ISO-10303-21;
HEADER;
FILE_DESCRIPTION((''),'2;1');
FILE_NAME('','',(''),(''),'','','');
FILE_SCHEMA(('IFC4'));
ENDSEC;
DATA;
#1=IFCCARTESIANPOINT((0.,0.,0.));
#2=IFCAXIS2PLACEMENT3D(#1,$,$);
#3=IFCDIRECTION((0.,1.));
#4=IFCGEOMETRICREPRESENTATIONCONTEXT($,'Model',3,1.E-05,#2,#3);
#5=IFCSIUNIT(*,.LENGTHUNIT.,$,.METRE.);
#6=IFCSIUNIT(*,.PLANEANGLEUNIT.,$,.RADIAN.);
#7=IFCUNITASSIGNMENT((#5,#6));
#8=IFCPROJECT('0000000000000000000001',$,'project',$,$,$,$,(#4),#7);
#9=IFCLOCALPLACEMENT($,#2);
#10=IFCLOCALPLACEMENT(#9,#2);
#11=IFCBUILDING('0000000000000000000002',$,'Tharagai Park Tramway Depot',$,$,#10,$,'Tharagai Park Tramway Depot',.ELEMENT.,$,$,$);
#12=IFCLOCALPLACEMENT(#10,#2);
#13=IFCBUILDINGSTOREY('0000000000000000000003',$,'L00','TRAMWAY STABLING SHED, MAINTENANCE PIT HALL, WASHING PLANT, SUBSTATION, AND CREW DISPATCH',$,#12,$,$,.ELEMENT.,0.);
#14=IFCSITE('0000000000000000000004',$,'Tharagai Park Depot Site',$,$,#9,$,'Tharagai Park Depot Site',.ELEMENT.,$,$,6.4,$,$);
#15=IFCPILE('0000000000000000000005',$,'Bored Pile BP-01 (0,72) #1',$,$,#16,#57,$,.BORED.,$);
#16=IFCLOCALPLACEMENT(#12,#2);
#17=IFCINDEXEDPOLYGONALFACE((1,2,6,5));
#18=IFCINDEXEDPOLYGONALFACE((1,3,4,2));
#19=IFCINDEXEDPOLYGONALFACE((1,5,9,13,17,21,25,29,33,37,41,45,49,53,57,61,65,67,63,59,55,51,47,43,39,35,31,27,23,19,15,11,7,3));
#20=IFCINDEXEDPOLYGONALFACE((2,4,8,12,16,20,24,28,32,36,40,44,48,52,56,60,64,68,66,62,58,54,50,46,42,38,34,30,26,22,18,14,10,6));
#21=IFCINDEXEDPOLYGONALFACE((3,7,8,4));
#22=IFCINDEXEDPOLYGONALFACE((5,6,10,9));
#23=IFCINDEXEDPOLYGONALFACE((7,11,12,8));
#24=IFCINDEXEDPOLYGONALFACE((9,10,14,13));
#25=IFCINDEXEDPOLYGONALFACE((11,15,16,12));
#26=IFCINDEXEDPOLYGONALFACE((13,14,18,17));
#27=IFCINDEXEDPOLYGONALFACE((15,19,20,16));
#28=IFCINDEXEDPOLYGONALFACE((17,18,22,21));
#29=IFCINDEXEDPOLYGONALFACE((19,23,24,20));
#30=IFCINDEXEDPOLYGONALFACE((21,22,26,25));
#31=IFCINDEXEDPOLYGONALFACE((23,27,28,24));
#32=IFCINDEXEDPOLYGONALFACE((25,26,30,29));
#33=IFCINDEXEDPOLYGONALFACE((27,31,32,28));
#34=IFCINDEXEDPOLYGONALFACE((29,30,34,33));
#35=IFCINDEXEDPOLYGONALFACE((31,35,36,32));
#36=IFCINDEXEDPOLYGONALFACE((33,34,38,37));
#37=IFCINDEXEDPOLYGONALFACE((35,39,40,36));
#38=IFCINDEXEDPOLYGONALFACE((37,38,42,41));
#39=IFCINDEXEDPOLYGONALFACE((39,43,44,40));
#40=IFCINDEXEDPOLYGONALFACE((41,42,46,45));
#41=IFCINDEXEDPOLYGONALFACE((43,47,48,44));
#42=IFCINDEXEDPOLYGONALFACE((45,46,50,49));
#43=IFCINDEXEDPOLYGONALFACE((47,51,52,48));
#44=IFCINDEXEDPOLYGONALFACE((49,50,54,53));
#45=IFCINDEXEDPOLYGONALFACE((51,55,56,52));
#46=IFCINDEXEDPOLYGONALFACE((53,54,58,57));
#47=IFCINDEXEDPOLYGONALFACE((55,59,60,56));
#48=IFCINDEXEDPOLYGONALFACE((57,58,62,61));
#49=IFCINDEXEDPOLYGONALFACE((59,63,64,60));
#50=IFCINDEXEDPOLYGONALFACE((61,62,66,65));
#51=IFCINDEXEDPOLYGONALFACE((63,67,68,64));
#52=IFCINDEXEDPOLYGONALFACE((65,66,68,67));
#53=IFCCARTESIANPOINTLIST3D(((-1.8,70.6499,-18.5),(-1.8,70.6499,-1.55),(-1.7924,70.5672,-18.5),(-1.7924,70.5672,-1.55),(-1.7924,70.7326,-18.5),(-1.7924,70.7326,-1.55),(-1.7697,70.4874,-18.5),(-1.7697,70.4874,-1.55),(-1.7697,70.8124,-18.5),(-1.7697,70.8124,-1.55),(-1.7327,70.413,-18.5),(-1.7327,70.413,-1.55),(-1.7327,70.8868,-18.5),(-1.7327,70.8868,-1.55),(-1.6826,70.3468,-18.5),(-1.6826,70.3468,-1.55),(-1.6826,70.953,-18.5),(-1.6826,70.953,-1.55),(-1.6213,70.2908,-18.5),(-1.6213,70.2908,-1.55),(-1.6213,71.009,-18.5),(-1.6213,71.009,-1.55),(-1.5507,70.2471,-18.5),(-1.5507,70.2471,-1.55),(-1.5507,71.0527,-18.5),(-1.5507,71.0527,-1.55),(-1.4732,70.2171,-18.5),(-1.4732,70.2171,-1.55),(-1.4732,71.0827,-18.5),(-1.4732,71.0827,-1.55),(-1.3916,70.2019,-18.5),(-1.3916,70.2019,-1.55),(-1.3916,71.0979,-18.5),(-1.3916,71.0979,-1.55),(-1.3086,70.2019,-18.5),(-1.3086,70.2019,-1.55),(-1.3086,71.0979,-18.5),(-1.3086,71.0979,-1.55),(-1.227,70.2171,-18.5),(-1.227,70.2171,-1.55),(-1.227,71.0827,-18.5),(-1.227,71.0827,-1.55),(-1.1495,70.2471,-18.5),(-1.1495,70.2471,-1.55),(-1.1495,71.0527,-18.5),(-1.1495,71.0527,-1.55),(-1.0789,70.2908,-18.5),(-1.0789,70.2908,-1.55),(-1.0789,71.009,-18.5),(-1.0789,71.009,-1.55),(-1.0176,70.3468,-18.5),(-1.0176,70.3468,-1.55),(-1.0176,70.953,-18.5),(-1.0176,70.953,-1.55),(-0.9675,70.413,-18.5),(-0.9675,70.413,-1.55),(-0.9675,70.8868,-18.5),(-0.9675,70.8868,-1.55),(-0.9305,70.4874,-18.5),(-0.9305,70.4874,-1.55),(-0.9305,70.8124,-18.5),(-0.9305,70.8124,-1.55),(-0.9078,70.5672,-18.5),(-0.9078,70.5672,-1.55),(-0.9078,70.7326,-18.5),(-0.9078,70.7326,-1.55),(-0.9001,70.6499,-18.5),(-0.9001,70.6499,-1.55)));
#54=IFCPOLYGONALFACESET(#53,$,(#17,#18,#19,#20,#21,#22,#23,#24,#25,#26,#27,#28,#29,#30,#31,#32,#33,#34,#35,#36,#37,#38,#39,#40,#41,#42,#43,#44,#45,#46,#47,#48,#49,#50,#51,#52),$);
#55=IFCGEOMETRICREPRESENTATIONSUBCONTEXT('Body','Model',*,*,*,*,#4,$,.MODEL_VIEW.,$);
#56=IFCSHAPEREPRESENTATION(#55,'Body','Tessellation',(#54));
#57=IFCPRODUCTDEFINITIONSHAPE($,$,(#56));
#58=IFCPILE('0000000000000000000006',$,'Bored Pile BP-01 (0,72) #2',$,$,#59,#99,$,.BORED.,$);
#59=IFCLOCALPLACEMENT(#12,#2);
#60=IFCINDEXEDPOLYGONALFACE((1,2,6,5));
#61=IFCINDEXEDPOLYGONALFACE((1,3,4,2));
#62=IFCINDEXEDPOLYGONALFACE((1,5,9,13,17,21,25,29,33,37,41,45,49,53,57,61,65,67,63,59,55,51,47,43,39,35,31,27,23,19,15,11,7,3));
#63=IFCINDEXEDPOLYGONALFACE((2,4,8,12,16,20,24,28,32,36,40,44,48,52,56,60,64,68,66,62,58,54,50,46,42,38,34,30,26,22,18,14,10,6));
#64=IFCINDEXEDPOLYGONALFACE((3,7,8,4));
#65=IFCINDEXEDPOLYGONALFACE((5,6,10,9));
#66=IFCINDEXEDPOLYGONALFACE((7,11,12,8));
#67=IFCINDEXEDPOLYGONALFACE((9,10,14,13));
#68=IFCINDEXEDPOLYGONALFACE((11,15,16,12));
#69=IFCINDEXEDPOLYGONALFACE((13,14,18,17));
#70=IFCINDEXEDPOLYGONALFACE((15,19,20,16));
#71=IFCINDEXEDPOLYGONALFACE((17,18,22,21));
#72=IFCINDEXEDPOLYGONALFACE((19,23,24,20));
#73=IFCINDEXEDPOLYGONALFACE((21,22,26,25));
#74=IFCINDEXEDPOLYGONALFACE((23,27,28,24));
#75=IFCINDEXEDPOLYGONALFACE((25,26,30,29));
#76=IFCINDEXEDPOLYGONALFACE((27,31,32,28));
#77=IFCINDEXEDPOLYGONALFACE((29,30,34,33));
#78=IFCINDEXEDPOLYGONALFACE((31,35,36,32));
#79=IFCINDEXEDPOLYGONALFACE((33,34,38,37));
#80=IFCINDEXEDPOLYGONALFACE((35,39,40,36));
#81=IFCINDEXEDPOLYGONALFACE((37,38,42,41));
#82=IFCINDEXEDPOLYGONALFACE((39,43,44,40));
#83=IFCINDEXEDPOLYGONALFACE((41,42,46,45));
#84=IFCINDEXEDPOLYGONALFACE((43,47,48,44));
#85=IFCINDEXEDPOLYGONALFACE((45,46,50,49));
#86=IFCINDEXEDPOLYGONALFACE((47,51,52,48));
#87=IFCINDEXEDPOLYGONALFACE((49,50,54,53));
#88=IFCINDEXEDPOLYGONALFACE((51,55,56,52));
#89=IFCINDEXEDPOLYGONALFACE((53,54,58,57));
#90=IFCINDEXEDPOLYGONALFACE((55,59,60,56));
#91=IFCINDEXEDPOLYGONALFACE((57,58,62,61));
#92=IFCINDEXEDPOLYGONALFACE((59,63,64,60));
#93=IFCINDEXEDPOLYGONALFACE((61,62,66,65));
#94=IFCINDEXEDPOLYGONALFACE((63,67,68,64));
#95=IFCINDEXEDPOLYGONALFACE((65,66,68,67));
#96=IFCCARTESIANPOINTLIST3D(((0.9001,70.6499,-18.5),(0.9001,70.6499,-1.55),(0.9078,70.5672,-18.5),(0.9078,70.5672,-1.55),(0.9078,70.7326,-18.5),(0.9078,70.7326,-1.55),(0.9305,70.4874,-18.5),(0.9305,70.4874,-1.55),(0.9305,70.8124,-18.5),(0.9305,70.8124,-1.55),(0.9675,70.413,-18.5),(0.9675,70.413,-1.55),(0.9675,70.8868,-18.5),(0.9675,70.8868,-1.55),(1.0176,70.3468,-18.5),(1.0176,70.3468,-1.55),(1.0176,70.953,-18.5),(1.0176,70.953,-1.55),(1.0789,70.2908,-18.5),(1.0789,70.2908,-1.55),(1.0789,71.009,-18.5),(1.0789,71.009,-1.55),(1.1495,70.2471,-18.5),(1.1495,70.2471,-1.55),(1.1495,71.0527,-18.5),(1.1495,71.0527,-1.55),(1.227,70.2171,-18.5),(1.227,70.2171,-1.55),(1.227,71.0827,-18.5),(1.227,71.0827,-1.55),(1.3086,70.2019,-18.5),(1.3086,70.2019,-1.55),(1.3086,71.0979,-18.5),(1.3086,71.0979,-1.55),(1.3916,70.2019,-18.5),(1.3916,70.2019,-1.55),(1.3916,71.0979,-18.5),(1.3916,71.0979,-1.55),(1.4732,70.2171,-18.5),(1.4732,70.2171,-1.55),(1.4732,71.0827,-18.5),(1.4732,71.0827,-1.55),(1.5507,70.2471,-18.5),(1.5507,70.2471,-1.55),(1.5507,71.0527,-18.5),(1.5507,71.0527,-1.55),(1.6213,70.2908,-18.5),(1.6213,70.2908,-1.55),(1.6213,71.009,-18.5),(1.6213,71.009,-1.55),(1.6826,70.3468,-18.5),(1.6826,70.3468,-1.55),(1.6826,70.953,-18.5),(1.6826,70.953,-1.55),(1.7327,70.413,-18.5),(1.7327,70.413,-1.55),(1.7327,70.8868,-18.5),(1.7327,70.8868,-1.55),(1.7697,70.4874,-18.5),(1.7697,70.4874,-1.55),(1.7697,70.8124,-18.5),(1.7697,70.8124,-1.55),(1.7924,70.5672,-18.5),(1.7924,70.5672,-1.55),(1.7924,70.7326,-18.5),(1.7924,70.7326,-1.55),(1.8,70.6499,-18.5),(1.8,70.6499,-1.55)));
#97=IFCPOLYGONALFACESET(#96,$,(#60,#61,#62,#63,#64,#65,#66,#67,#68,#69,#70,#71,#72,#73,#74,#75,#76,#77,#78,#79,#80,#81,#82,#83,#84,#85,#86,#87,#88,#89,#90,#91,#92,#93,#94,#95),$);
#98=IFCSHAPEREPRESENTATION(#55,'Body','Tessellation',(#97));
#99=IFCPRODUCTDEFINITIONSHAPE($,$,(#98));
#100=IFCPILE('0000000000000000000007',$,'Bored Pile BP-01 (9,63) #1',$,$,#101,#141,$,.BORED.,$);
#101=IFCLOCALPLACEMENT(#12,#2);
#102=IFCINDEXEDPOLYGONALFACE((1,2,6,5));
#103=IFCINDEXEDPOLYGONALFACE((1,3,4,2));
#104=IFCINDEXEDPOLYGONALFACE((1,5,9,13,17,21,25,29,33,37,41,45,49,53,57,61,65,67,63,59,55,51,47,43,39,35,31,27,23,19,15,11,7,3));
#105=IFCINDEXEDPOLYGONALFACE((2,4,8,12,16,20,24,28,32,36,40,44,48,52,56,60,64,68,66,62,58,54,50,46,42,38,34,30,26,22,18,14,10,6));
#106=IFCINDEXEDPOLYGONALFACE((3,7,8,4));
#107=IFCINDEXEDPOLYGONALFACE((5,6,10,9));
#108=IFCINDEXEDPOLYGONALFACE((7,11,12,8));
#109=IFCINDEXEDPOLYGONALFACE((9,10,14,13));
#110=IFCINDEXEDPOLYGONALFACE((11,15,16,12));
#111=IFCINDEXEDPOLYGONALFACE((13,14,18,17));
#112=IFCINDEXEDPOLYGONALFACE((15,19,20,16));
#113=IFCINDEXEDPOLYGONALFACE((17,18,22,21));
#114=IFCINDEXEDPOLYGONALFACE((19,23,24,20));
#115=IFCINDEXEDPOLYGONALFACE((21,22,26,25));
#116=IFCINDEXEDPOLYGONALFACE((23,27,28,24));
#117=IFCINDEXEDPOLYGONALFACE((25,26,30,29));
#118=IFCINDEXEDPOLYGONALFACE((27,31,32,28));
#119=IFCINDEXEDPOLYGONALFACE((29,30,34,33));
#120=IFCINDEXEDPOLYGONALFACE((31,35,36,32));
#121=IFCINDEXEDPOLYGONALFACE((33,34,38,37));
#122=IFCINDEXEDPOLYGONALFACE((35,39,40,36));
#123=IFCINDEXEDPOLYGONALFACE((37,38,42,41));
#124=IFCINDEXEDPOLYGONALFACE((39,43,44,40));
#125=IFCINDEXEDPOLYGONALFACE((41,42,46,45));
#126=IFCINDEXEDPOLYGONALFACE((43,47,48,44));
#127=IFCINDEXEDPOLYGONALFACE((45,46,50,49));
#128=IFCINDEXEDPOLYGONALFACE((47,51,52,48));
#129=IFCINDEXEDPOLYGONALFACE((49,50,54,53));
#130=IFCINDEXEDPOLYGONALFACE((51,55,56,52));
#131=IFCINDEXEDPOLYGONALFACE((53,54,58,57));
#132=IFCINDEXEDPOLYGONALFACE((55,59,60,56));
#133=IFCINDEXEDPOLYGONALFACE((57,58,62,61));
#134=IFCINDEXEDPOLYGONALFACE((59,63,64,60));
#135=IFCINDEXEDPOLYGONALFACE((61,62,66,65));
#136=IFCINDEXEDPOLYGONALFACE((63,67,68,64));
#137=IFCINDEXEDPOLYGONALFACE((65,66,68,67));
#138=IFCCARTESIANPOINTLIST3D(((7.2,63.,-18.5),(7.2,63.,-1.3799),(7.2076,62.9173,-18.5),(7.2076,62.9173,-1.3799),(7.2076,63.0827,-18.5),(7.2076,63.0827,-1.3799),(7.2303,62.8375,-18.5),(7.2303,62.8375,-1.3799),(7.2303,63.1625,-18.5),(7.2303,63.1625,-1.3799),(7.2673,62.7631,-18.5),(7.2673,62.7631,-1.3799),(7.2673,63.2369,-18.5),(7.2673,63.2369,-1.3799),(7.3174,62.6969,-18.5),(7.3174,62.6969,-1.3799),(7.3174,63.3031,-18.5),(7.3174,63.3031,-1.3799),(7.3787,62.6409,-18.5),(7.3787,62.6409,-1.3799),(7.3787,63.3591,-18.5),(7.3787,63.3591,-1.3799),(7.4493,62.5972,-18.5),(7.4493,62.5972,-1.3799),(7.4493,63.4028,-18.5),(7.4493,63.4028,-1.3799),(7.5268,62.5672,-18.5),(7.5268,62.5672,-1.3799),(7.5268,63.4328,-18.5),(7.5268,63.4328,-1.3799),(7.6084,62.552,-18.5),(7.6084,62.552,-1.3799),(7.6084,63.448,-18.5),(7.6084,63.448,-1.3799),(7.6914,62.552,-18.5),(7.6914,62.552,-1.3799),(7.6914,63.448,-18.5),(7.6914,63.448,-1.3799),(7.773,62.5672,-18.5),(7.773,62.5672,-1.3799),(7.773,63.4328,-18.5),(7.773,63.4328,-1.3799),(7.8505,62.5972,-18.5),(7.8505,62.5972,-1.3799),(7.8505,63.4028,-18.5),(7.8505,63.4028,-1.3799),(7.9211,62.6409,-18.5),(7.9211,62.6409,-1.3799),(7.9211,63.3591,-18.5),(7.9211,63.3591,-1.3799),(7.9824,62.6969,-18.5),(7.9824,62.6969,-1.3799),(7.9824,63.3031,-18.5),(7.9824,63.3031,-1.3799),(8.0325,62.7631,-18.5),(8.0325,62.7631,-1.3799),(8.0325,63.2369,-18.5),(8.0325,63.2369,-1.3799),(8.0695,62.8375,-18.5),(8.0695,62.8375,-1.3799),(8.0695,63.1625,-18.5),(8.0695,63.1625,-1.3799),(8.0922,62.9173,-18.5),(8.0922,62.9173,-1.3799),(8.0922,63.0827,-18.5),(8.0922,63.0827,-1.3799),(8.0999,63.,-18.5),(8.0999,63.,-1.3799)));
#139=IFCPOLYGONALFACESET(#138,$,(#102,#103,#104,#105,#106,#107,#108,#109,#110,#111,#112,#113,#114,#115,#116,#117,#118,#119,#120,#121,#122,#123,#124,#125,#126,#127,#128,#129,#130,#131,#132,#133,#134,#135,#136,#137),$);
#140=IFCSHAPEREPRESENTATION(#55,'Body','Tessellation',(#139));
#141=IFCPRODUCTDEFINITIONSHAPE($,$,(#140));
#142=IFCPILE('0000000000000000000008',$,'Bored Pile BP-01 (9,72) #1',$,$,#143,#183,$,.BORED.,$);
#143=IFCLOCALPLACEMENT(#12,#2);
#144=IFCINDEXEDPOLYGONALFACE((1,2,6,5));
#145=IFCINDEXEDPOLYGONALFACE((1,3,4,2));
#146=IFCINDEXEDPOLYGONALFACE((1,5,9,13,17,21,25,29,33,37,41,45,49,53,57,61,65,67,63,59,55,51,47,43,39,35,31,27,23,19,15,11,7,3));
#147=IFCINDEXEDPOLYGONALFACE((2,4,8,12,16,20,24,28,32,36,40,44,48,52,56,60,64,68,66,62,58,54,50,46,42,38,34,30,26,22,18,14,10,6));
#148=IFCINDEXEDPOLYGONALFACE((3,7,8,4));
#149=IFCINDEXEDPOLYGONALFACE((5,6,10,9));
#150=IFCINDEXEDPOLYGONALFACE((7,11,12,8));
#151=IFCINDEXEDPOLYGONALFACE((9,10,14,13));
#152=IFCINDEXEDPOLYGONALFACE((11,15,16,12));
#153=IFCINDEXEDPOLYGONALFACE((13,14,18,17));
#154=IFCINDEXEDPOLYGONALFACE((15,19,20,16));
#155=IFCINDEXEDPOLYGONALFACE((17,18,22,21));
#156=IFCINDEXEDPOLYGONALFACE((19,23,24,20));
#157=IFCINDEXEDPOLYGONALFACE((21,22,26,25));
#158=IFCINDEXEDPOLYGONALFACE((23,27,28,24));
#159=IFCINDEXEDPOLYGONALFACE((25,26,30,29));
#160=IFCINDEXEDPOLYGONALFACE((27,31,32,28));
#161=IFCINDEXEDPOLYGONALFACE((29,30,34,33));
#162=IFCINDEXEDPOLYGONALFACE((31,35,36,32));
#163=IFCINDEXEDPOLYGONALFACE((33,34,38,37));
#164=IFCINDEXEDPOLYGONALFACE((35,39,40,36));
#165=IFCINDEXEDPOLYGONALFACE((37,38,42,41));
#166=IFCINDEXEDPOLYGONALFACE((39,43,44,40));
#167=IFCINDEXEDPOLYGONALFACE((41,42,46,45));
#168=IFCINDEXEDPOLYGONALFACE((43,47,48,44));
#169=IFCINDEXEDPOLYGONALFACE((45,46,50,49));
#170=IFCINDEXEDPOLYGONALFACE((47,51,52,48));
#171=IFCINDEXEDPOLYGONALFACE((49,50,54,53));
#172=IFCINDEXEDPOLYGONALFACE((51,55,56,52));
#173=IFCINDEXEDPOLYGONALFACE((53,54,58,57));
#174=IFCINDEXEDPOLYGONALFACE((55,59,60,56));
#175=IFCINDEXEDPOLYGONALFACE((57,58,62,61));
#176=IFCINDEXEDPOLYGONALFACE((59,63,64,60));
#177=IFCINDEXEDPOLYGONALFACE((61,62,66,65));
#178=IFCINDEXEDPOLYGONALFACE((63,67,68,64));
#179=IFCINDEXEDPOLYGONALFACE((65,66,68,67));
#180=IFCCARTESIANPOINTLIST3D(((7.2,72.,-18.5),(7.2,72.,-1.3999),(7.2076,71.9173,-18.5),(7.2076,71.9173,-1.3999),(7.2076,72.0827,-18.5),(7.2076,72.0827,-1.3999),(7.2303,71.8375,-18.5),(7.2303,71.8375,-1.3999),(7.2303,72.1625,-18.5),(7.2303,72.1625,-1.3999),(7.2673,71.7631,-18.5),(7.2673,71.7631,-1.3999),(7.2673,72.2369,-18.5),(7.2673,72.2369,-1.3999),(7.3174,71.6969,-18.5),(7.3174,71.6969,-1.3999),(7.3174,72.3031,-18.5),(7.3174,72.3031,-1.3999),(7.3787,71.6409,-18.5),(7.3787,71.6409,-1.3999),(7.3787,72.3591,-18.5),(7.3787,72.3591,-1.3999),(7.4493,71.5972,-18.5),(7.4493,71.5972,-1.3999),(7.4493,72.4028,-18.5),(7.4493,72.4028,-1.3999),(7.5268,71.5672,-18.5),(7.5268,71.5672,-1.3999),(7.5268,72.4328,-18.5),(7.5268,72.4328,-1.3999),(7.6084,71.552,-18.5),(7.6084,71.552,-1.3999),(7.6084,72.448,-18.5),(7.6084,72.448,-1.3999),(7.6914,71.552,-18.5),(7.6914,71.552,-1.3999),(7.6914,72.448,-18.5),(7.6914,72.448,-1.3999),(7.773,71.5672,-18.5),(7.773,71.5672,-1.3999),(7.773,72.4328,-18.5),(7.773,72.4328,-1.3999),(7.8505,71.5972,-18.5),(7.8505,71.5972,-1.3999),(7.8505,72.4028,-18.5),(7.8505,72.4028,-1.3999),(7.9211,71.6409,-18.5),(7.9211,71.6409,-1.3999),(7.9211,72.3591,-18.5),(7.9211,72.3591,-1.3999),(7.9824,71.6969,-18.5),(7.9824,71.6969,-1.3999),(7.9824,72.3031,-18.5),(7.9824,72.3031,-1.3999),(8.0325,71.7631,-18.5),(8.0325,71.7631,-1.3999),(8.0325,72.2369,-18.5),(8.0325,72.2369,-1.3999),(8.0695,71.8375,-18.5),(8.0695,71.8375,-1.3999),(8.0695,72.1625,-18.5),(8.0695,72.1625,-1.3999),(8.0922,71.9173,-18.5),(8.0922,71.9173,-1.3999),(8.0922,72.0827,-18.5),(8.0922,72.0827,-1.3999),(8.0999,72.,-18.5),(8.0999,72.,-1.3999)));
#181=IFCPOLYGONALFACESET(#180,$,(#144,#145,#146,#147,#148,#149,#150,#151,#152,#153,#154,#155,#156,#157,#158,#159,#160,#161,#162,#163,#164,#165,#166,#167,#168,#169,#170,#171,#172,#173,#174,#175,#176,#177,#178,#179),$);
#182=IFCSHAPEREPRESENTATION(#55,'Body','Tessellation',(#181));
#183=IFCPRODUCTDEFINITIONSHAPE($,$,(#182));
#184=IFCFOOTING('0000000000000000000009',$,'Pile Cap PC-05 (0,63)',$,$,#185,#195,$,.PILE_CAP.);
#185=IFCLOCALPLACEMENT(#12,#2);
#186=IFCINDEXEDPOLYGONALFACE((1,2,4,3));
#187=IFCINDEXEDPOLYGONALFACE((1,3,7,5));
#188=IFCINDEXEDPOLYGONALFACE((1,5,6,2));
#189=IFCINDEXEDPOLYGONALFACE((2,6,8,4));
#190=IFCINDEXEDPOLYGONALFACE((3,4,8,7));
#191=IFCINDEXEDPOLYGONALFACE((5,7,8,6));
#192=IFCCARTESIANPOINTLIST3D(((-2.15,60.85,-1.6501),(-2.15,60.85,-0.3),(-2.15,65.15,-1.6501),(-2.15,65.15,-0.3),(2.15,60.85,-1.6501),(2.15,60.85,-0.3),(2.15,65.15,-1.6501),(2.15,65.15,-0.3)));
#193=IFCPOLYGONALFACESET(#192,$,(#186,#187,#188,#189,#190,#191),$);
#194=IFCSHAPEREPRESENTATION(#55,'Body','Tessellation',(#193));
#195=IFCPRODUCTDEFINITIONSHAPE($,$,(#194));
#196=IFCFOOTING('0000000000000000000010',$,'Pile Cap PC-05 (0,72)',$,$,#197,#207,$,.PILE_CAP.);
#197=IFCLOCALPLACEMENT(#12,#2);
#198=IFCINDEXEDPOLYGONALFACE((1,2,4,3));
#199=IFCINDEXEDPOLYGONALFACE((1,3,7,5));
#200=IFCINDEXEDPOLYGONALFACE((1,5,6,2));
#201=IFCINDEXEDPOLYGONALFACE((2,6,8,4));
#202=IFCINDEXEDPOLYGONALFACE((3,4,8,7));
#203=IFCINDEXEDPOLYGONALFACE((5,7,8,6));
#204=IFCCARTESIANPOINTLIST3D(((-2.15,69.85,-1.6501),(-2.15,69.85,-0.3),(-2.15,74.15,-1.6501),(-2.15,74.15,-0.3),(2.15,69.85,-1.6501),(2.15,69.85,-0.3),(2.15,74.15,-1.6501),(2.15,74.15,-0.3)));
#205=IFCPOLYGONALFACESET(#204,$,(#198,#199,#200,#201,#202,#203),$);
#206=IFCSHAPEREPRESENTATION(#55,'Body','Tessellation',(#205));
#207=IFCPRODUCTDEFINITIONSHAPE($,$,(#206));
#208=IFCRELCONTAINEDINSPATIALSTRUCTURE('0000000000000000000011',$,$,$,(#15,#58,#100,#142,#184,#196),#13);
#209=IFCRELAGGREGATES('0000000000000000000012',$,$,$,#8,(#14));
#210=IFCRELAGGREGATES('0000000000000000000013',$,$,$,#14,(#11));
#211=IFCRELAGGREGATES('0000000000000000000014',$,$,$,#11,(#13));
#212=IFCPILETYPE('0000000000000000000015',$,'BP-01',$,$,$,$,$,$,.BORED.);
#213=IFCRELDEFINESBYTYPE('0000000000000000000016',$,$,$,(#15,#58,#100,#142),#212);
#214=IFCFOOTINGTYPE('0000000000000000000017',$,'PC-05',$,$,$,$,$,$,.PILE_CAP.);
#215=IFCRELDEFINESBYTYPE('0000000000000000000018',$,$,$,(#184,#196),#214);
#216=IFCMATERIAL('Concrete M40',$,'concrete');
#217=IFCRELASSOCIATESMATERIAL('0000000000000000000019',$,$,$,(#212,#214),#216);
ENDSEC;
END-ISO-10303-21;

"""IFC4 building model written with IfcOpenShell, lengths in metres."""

from ifc_helpers import new_model, si_unit, direction, frame, origin, origin_2d, place, context, subcontext, project, spatial, rectangle, circle, extrude, material, material_profile, profile_set, type_object, element, save


model = new_model("IFC4")

# Units and contexts
model_context = context("Model", 3, precision=1e-05, world=origin(), true_north=direction((0.0, 1.0)))
body_context = subcontext(model_context, "Body", "Model", "MODEL_VIEW")
ifc_project = project(units=[si_unit("LENGTHUNIT", "METRE"), si_unit("PLANEANGLEUNIT", "RADIAN")], contexts=[model_context])

# Site, building, storey
site_placement = place(None, origin())
site = spatial("IfcSite", under=ifc_project, at=site_placement, Name="Tharagai Park Depot Site", LongName="Tharagai Park Depot Site", CompositionType="ELEMENT", RefElevation=6.4)
building_placement = place(site_placement, origin())
building = spatial("IfcBuilding", under=site, at=building_placement, Name="Tharagai Park Tramway Depot", LongName="Tharagai Park Tramway Depot", CompositionType="ELEMENT")
storey_placement = place(building_placement, origin())
storey = spatial("IfcBuildingStorey", under=building, at=storey_placement, Name="L00", Description="TRAMWAY STABLING SHED, MAINTENANCE PIT HALL, WASHING PLANT, SUBSTATION, AND CREW DISPATCH", CompositionType="ELEMENT", Elevation=0.0)

# Piles
ifc_material_1 = material(Name="Concrete M40", Category="concrete")
ifc_material_profile_1 = material_profile(ifc_material_1, circle(Radius=0.45, at=origin_2d()), Name="PILE D900")
ifc_profile_set_1 = profile_set([ifc_material_profile_1], Name="Concrete M40")
pile_type = type_object("IfcPileType", Name="BP-01", PredefinedType="BORED", material=ifc_profile_set_1)
for number, where, z_axis, x_axis, name in (
    (1, (-1.3501, 70.6499, -1.55), (0.0, 0.0, -1.0), (1.0, 0.0, 0.0), "Bored Pile BP-01 (0,72) #1"),
    (2, (1.3501, 70.6499, -1.55), (0.0, 0.0, -1.0), (1.0, 0.0, 0.0), "Bored Pile BP-01 (0,72) #2"),
):
    element("IfcPile", number, at=place(storey_placement, frame(where, z_axis=z_axis, x_axis=x_axis)), inside=storey, type_object=pile_type, Name=name, PredefinedType="BORED", context=body_context, shape_type="SweptSolid", body=[
        extrude(circle(Radius=0.45, at=origin_2d()), origin(), (0.0, 0.0, 1.0), 16.95),
    ])
pile_1_placement = place(storey_placement, frame((7.6499, 63.0, -1.3799), z_axis=(0.0, 0.0, -1.0), x_axis=(1.0, 0.0, 0.0)))
element("IfcPile", 3, at=pile_1_placement, inside=storey, type_object=pile_type, Name="Bored Pile BP-01 (9,63) #1", PredefinedType="BORED", context=body_context, shape_type="SweptSolid", body=[
    extrude(circle(Radius=0.45, at=origin_2d()), origin(), (0.0, 0.0, 1.0), 17.1201),
])
pile_2_placement = place(storey_placement, frame((7.6499, 72.0, -1.3999), z_axis=(0.0, 0.0, -1.0), x_axis=(1.0, 0.0, 0.0)))
element("IfcPile", 4, at=pile_2_placement, inside=storey, type_object=pile_type, Name="Bored Pile BP-01 (9,72) #1", PredefinedType="BORED", context=body_context, shape_type="SweptSolid", body=[
    extrude(circle(Radius=0.45, at=origin_2d()), origin(), (0.0, 0.0, 1.0), 17.1001),
])

# Footings
footing_type_1 = type_object("IfcFootingType", Name="PC-05", PredefinedType="PILE_CAP", material=ifc_material_1)
for number, where, z_axis, x_axis, name in (
    (5, (0.0, 63.0, -1.6501), (0.0, 0.0, 1.0), (1.0, 0.0, 0.0), "Pile Cap PC-05 (0,63)"),
    (6, (0.0, 72.0, -1.6501), (0.0, 0.0, 1.0), (1.0, 0.0, 0.0), "Pile Cap PC-05 (0,72)"),
):
    element("IfcFooting", number, at=place(storey_placement, frame(where, z_axis=z_axis, x_axis=x_axis)), inside=storey, type_object=footing_type_1, Name=name, PredefinedType="PILE_CAP", context=body_context, shape_type="SweptSolid", body=[
        extrude(rectangle(XDim=4.3, YDim=4.3, at=origin_2d()), origin(), (0.0, 0.0, 1.0), 1.3501),
    ])

save(model, "model.ifc")
